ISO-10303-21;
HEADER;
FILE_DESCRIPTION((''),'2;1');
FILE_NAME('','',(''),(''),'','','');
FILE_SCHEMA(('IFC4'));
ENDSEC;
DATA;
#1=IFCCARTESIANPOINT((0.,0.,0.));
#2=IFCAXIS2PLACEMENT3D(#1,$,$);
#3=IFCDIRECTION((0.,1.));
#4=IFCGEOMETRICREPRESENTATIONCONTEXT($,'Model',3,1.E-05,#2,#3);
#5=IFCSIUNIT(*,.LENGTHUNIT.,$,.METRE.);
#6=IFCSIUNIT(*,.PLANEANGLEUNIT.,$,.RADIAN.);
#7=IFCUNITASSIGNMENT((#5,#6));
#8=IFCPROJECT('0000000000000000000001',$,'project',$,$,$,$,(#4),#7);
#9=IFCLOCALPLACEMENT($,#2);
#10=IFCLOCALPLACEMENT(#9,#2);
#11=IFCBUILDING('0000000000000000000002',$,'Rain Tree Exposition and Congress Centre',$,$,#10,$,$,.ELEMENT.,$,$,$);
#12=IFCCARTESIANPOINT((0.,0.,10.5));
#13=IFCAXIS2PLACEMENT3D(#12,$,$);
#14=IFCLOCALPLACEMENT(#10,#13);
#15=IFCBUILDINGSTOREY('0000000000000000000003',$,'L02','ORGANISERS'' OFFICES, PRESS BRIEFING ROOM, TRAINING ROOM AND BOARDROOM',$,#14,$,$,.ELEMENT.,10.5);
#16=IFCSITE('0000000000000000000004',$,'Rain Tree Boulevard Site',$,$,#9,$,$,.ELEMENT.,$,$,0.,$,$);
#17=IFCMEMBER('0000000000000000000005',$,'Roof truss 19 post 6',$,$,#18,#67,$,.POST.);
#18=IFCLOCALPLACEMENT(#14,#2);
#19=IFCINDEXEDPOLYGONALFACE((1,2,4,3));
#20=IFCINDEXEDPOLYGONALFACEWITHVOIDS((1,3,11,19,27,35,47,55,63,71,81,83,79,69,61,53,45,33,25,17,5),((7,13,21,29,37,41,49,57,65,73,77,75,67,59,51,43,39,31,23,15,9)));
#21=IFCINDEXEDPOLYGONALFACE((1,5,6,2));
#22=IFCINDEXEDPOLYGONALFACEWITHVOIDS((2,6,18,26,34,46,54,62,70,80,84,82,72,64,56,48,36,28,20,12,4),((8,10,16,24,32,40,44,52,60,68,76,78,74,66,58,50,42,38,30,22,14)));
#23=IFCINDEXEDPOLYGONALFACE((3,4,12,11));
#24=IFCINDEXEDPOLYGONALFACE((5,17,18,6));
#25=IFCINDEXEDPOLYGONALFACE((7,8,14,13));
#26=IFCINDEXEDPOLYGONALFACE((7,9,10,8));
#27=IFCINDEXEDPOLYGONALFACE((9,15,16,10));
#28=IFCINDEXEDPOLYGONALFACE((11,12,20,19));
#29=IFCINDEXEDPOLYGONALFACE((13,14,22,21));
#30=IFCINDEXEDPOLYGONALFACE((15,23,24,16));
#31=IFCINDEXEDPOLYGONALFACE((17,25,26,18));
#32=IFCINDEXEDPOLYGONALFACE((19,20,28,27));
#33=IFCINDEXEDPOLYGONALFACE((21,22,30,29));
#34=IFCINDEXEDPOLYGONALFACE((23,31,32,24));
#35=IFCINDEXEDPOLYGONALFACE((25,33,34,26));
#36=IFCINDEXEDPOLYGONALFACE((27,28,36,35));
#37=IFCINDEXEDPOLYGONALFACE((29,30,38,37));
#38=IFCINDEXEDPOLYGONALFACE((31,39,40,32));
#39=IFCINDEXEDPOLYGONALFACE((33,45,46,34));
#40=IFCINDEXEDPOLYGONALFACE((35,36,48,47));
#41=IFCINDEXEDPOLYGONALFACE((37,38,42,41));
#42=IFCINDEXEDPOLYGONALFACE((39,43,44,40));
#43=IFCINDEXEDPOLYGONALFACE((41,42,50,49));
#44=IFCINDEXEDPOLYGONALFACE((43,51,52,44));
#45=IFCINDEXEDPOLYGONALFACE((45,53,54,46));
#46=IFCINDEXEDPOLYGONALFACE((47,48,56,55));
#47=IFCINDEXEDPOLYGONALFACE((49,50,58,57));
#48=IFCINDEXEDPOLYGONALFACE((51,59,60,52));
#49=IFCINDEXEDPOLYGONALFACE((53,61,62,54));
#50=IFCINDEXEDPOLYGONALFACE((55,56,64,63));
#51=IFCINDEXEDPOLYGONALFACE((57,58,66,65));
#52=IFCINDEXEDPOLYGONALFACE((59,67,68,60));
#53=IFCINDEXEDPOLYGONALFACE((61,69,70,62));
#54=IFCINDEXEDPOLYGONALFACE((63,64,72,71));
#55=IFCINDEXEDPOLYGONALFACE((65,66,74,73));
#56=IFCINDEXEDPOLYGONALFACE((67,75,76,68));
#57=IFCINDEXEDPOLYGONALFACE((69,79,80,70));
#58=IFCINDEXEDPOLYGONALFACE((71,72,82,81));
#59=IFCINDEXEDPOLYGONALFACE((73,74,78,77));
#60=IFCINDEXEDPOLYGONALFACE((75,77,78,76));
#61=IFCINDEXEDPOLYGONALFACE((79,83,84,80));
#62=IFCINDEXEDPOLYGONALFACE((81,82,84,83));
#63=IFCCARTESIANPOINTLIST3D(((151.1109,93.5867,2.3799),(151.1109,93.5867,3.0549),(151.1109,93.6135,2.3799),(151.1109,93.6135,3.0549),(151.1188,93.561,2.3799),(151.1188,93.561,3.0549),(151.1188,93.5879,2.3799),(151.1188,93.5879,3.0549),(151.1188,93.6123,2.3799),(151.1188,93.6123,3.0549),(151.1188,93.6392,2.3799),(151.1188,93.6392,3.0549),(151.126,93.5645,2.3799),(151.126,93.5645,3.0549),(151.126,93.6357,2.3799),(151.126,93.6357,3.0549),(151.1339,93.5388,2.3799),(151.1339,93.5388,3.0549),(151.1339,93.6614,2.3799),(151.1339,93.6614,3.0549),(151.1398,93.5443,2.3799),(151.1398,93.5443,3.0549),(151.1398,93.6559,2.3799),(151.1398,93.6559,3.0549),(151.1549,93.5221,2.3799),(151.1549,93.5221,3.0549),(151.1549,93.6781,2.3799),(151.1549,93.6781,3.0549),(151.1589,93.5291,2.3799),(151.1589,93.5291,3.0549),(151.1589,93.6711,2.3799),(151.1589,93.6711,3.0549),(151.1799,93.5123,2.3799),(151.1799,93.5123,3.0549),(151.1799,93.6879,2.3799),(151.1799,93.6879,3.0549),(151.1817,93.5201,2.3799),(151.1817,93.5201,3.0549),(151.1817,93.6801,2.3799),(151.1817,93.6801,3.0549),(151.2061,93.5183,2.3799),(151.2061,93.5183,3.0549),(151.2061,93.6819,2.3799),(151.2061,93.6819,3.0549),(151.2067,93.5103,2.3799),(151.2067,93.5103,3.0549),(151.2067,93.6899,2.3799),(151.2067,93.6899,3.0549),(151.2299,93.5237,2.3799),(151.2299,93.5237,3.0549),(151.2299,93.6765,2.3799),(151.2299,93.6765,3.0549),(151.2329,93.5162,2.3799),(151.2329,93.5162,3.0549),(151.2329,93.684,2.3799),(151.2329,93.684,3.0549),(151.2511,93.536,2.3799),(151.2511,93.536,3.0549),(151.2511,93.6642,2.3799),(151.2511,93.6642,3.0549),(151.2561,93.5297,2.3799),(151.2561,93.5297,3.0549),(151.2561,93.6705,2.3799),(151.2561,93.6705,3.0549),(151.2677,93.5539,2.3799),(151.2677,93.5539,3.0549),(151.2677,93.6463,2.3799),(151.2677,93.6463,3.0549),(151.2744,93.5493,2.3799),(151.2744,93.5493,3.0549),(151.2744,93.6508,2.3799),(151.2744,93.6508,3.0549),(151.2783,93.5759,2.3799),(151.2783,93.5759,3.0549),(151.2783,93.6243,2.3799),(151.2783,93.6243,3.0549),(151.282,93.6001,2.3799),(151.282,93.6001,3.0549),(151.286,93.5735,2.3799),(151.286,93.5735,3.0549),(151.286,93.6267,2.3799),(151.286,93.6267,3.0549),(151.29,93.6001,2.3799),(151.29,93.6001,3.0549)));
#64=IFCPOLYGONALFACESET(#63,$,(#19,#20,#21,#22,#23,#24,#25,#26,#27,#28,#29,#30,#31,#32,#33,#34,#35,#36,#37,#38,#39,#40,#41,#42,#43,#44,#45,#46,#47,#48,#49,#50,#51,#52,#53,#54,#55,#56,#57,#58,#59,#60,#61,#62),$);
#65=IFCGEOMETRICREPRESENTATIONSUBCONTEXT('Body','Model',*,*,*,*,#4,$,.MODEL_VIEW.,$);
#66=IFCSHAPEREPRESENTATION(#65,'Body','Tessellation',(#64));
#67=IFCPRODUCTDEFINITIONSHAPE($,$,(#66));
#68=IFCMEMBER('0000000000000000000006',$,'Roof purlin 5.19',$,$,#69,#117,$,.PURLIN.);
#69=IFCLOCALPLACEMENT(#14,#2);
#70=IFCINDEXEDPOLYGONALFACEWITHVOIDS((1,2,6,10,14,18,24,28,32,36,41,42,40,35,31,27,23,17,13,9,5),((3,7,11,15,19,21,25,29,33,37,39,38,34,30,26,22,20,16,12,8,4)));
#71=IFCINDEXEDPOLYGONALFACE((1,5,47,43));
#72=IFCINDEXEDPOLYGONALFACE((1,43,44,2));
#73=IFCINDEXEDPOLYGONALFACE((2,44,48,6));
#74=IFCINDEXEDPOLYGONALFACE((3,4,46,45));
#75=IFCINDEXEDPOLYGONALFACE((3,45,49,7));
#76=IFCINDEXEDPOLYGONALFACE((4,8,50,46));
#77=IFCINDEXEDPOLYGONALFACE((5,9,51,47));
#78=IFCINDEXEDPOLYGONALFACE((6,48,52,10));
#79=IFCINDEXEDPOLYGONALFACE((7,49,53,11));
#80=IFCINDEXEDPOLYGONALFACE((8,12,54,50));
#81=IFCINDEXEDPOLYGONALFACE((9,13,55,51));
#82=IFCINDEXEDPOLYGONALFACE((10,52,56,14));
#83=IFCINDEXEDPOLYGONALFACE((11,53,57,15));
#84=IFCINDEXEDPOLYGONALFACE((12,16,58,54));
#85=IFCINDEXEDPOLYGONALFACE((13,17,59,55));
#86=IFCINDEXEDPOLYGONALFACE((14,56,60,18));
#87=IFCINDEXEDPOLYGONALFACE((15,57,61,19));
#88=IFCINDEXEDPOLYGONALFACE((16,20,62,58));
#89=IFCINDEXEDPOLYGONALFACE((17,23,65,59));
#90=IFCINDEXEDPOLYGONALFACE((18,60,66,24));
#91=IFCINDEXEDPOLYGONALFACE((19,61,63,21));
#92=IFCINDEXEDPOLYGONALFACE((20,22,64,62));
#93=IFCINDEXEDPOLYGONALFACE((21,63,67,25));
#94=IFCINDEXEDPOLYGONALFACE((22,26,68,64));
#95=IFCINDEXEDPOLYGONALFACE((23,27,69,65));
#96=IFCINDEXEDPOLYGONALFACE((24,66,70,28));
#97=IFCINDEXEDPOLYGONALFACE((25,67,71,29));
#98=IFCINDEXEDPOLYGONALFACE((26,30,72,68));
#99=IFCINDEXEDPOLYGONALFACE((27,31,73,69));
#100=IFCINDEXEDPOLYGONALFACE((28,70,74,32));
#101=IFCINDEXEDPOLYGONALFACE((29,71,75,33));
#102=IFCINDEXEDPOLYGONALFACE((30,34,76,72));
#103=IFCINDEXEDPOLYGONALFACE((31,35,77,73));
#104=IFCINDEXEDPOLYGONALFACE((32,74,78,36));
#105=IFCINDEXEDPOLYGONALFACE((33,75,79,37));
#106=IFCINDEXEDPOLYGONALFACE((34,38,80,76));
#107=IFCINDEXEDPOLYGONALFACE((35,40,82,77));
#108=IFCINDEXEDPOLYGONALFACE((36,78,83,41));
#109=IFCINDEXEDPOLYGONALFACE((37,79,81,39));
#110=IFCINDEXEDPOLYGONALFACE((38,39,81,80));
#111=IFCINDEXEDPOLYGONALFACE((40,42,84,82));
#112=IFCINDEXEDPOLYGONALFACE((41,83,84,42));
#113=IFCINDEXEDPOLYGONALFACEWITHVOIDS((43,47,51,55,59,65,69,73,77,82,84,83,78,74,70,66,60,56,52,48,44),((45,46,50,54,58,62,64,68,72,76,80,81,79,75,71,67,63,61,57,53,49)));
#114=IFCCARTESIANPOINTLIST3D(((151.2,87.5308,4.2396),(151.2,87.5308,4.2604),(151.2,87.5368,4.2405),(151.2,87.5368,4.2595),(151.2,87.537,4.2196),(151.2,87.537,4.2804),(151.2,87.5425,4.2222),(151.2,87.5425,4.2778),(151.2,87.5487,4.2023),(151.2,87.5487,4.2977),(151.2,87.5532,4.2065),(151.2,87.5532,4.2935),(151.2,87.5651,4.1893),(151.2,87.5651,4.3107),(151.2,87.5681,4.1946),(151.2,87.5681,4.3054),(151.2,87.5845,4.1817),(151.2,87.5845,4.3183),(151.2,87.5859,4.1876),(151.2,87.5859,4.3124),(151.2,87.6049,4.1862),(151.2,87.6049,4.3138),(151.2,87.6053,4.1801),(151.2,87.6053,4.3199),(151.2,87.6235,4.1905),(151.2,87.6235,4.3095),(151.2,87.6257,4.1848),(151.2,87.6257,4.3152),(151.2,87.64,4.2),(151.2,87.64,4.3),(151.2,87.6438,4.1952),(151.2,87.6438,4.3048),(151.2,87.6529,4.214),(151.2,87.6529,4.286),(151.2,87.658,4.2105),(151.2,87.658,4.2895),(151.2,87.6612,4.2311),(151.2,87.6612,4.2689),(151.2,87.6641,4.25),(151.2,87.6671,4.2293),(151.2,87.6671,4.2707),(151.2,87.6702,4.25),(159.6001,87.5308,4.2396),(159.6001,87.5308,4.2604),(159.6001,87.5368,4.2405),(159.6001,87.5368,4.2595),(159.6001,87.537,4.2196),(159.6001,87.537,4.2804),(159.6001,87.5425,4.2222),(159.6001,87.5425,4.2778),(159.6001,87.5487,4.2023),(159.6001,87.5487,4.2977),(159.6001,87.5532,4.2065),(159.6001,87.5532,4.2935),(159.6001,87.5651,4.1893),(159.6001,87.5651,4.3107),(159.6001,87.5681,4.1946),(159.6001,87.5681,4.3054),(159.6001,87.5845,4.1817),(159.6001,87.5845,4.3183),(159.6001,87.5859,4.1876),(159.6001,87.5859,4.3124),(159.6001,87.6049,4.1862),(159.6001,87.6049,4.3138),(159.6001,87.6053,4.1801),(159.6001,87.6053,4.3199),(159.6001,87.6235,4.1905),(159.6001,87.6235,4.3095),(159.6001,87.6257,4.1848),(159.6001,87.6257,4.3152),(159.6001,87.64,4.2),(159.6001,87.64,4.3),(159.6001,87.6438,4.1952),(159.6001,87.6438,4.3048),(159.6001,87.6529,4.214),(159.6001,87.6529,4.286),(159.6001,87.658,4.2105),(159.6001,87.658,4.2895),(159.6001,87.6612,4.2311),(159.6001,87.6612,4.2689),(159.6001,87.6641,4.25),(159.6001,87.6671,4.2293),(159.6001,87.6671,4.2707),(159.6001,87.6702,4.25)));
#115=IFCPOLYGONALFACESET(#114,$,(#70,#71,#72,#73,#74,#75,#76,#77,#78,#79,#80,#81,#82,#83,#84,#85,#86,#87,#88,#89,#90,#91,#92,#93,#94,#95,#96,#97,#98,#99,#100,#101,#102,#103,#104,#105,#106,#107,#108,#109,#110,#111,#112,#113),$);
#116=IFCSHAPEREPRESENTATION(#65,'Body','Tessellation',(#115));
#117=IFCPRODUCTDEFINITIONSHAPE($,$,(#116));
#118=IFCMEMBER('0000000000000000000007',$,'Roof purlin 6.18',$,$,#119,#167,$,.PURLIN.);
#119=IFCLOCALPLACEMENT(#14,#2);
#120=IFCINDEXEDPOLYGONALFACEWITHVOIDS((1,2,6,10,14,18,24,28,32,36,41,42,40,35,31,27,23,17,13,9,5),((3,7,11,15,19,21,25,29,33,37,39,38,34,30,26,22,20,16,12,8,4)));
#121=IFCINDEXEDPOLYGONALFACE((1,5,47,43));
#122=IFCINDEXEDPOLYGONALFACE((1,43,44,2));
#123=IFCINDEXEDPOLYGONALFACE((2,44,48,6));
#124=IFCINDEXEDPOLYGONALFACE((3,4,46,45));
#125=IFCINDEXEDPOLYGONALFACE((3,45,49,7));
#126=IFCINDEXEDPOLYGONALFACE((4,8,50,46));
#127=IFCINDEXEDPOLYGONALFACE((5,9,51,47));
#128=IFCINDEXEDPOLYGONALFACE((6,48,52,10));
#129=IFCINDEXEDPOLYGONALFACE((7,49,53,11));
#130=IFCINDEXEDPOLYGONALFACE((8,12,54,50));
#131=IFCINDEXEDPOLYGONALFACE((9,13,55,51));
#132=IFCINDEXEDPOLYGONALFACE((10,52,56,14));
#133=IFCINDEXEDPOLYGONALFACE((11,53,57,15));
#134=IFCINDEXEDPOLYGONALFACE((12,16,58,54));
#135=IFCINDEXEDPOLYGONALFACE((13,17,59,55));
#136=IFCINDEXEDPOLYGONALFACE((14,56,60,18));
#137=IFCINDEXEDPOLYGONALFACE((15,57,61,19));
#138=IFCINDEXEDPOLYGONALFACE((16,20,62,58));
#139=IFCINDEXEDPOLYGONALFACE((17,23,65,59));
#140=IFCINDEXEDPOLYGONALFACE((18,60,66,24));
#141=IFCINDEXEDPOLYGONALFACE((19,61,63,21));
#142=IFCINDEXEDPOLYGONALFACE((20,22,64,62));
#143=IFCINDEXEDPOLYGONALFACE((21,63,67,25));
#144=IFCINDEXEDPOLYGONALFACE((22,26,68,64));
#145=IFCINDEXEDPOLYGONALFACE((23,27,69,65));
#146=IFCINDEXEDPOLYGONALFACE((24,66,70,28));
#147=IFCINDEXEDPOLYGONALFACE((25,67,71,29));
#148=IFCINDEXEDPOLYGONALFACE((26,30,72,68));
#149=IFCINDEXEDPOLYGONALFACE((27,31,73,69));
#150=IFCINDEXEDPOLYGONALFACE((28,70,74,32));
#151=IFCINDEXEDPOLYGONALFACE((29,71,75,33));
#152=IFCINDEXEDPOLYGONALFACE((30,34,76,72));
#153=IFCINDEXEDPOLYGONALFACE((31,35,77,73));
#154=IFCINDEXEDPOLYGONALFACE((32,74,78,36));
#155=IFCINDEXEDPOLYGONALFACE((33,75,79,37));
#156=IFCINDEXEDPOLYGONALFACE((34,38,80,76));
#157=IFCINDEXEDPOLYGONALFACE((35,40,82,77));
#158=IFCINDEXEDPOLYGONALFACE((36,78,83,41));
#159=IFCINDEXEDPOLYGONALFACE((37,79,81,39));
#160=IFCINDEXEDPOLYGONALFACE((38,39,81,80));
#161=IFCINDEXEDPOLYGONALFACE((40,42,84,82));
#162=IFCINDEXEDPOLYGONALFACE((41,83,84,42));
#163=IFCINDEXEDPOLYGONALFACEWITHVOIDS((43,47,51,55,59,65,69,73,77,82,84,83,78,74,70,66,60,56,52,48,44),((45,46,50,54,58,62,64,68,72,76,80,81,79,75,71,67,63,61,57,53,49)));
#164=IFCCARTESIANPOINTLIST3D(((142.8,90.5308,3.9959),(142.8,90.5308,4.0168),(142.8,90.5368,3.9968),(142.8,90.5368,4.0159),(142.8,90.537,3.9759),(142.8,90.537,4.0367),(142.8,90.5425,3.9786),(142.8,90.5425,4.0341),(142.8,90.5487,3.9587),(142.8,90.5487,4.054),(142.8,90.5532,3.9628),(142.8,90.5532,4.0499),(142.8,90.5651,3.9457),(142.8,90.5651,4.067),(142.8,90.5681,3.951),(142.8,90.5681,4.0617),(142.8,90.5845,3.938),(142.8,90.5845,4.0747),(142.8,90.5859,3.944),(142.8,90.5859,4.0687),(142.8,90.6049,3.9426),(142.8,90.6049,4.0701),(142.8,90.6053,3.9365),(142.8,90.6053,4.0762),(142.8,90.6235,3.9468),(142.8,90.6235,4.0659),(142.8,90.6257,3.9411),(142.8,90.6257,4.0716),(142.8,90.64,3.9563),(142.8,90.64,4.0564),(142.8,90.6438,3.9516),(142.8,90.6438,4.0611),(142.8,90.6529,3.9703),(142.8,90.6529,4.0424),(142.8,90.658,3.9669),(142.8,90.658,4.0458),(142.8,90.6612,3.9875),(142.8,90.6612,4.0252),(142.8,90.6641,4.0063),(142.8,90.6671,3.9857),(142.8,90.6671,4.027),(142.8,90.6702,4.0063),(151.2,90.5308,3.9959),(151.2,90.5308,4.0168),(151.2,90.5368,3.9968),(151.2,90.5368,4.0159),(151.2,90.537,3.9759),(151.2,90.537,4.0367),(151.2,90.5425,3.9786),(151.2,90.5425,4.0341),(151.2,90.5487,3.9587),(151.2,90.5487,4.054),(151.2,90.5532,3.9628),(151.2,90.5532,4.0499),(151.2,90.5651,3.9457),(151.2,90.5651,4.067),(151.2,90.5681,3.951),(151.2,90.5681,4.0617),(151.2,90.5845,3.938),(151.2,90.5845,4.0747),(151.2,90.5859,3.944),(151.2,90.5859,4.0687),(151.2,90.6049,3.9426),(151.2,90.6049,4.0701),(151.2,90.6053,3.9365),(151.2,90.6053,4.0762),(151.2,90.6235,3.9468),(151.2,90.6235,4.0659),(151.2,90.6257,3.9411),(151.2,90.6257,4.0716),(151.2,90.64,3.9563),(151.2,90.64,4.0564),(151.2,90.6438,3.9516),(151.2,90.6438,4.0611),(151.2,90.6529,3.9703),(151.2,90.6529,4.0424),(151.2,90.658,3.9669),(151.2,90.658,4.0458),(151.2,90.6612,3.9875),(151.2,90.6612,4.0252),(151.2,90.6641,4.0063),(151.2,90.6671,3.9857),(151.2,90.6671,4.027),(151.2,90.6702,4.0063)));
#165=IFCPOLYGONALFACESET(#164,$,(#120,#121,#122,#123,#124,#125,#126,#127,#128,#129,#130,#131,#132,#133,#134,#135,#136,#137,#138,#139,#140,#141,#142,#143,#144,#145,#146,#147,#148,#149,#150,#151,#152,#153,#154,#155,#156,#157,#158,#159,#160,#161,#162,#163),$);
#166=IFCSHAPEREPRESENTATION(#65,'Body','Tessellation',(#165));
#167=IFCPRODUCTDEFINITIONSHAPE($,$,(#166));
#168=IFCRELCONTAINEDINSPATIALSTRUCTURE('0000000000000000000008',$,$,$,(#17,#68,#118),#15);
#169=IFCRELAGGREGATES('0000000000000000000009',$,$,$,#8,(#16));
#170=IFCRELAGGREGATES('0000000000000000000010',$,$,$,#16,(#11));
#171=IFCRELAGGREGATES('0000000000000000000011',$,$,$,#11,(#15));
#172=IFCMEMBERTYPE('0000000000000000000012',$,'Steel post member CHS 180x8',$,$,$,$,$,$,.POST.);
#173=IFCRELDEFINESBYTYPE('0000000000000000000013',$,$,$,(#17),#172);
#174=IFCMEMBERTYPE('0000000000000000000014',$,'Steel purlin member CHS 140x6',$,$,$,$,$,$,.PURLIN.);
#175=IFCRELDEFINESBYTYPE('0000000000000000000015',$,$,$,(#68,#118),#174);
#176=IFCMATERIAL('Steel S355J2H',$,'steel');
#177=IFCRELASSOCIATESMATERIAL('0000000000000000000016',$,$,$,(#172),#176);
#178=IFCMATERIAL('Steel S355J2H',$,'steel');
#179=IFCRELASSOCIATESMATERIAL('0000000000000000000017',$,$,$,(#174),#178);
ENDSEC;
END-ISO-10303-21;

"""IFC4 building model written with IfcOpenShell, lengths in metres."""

from ifc_helpers import new_model, si_unit, direction, frame, origin, origin_2d, place, context, subcontext, project, spatial, hollow_circle, extrude, material, material_profile, profile_set, type_object, element, save


model = new_model("IFC4")

# Units and contexts
model_context = context("Model", 3, precision=1e-05, world=origin(), true_north=direction((0.0, 1.0)))
body_context = subcontext(model_context, "Body", "Model", "MODEL_VIEW")
ifc_project = project(units=[si_unit("LENGTHUNIT", "METRE"), si_unit("PLANEANGLEUNIT", "RADIAN")], contexts=[model_context])

# Site, building, storey
site_placement = place(None, origin())
site = spatial("IfcSite", under=ifc_project, at=site_placement, Name="Rain Tree Boulevard Site", CompositionType="ELEMENT", RefElevation=0.0)
building_placement = place(site_placement, origin())
building = spatial("IfcBuilding", under=site, at=building_placement, Name="Rain Tree Exposition and Congress Centre", CompositionType="ELEMENT")
storey_placement = place(building_placement, frame((0.0, 0.0, 10.5)))
storey = spatial("IfcBuildingStorey", under=building, at=storey_placement, Name="L02", Description="ORGANISERS' OFFICES, PRESS BRIEFING ROOM, TRAINING ROOM AND BOARDROOM", CompositionType="ELEMENT", Elevation=10.5)

# Members
ifc_material_1 = material(Name="Steel S355J2H", Category="steel")
ifc_material_profile_1 = material_profile(ifc_material_1, hollow_circle(Radius=0.0901, WallThickness=0.0081, at=origin_2d()), Name="CHS 180x8")
ifc_profile_set_1 = profile_set([ifc_material_profile_1], Name="Steel S355J2H")
member_type_1 = type_object("IfcMemberType", Name="Steel post member CHS 180x8", PredefinedType="POST", material=ifc_profile_set_1)
member_1_placement = place(storey_placement, frame((151.2, 93.6001, 2.3799), z_axis=(0.0, 0.0, 1.0), x_axis=(1.0, 0.0, 0.0)))
element("IfcMember", 1, at=member_1_placement, inside=storey, type_object=member_type_1, Name="Roof truss 19 post 6", PredefinedType="POST", context=body_context, shape_type="SweptSolid", body=[
    extrude(hollow_circle(Radius=0.0901, WallThickness=0.0081, at=origin_2d()), origin(), (0.0, 0.0, 1.0), 0.675),
])
ifc_material_2 = material(Name="Steel S355J2H", Category="steel")
ifc_material_profile_2 = material_profile(ifc_material_2, hollow_circle(Radius=0.0701, WallThickness=0.0061, at=origin_2d()), Name="CHS 140x6")
ifc_profile_set_2 = profile_set([ifc_material_profile_2], Name="Steel S355J2H")
member_type_2 = type_object("IfcMemberType", Name="Steel purlin member CHS 140x6", PredefinedType="PURLIN", material=ifc_profile_set_2)
member_2_placement = place(storey_placement, frame((151.2, 87.6001, 4.25), z_axis=(1.0, 0.0, 0.0), x_axis=(0.0, 1.0, 0.0)))
element("IfcMember", 2, at=member_2_placement, inside=storey, type_object=member_type_2, Name="Roof purlin 5.19", PredefinedType="PURLIN", context=body_context, shape_type="SweptSolid", body=[
    extrude(hollow_circle(Radius=0.0701, WallThickness=0.0061, at=origin_2d()), origin(), (0.0, 0.0, 1.0), 8.4001),
])
member_3_placement = place(storey_placement, frame((142.8, 90.6001, 4.0063), z_axis=(1.0, 0.0, 0.0), x_axis=(0.0, 1.0, 0.0)))
element("IfcMember", 3, at=member_3_placement, inside=storey, type_object=member_type_2, Name="Roof purlin 6.18", PredefinedType="PURLIN", context=body_context, shape_type="SweptSolid", body=[
    extrude(hollow_circle(Radius=0.0701, WallThickness=0.0061, at=origin_2d()), origin(), (0.0, 0.0, 1.0), 8.3999),
])

save(model, "model.ifc")
